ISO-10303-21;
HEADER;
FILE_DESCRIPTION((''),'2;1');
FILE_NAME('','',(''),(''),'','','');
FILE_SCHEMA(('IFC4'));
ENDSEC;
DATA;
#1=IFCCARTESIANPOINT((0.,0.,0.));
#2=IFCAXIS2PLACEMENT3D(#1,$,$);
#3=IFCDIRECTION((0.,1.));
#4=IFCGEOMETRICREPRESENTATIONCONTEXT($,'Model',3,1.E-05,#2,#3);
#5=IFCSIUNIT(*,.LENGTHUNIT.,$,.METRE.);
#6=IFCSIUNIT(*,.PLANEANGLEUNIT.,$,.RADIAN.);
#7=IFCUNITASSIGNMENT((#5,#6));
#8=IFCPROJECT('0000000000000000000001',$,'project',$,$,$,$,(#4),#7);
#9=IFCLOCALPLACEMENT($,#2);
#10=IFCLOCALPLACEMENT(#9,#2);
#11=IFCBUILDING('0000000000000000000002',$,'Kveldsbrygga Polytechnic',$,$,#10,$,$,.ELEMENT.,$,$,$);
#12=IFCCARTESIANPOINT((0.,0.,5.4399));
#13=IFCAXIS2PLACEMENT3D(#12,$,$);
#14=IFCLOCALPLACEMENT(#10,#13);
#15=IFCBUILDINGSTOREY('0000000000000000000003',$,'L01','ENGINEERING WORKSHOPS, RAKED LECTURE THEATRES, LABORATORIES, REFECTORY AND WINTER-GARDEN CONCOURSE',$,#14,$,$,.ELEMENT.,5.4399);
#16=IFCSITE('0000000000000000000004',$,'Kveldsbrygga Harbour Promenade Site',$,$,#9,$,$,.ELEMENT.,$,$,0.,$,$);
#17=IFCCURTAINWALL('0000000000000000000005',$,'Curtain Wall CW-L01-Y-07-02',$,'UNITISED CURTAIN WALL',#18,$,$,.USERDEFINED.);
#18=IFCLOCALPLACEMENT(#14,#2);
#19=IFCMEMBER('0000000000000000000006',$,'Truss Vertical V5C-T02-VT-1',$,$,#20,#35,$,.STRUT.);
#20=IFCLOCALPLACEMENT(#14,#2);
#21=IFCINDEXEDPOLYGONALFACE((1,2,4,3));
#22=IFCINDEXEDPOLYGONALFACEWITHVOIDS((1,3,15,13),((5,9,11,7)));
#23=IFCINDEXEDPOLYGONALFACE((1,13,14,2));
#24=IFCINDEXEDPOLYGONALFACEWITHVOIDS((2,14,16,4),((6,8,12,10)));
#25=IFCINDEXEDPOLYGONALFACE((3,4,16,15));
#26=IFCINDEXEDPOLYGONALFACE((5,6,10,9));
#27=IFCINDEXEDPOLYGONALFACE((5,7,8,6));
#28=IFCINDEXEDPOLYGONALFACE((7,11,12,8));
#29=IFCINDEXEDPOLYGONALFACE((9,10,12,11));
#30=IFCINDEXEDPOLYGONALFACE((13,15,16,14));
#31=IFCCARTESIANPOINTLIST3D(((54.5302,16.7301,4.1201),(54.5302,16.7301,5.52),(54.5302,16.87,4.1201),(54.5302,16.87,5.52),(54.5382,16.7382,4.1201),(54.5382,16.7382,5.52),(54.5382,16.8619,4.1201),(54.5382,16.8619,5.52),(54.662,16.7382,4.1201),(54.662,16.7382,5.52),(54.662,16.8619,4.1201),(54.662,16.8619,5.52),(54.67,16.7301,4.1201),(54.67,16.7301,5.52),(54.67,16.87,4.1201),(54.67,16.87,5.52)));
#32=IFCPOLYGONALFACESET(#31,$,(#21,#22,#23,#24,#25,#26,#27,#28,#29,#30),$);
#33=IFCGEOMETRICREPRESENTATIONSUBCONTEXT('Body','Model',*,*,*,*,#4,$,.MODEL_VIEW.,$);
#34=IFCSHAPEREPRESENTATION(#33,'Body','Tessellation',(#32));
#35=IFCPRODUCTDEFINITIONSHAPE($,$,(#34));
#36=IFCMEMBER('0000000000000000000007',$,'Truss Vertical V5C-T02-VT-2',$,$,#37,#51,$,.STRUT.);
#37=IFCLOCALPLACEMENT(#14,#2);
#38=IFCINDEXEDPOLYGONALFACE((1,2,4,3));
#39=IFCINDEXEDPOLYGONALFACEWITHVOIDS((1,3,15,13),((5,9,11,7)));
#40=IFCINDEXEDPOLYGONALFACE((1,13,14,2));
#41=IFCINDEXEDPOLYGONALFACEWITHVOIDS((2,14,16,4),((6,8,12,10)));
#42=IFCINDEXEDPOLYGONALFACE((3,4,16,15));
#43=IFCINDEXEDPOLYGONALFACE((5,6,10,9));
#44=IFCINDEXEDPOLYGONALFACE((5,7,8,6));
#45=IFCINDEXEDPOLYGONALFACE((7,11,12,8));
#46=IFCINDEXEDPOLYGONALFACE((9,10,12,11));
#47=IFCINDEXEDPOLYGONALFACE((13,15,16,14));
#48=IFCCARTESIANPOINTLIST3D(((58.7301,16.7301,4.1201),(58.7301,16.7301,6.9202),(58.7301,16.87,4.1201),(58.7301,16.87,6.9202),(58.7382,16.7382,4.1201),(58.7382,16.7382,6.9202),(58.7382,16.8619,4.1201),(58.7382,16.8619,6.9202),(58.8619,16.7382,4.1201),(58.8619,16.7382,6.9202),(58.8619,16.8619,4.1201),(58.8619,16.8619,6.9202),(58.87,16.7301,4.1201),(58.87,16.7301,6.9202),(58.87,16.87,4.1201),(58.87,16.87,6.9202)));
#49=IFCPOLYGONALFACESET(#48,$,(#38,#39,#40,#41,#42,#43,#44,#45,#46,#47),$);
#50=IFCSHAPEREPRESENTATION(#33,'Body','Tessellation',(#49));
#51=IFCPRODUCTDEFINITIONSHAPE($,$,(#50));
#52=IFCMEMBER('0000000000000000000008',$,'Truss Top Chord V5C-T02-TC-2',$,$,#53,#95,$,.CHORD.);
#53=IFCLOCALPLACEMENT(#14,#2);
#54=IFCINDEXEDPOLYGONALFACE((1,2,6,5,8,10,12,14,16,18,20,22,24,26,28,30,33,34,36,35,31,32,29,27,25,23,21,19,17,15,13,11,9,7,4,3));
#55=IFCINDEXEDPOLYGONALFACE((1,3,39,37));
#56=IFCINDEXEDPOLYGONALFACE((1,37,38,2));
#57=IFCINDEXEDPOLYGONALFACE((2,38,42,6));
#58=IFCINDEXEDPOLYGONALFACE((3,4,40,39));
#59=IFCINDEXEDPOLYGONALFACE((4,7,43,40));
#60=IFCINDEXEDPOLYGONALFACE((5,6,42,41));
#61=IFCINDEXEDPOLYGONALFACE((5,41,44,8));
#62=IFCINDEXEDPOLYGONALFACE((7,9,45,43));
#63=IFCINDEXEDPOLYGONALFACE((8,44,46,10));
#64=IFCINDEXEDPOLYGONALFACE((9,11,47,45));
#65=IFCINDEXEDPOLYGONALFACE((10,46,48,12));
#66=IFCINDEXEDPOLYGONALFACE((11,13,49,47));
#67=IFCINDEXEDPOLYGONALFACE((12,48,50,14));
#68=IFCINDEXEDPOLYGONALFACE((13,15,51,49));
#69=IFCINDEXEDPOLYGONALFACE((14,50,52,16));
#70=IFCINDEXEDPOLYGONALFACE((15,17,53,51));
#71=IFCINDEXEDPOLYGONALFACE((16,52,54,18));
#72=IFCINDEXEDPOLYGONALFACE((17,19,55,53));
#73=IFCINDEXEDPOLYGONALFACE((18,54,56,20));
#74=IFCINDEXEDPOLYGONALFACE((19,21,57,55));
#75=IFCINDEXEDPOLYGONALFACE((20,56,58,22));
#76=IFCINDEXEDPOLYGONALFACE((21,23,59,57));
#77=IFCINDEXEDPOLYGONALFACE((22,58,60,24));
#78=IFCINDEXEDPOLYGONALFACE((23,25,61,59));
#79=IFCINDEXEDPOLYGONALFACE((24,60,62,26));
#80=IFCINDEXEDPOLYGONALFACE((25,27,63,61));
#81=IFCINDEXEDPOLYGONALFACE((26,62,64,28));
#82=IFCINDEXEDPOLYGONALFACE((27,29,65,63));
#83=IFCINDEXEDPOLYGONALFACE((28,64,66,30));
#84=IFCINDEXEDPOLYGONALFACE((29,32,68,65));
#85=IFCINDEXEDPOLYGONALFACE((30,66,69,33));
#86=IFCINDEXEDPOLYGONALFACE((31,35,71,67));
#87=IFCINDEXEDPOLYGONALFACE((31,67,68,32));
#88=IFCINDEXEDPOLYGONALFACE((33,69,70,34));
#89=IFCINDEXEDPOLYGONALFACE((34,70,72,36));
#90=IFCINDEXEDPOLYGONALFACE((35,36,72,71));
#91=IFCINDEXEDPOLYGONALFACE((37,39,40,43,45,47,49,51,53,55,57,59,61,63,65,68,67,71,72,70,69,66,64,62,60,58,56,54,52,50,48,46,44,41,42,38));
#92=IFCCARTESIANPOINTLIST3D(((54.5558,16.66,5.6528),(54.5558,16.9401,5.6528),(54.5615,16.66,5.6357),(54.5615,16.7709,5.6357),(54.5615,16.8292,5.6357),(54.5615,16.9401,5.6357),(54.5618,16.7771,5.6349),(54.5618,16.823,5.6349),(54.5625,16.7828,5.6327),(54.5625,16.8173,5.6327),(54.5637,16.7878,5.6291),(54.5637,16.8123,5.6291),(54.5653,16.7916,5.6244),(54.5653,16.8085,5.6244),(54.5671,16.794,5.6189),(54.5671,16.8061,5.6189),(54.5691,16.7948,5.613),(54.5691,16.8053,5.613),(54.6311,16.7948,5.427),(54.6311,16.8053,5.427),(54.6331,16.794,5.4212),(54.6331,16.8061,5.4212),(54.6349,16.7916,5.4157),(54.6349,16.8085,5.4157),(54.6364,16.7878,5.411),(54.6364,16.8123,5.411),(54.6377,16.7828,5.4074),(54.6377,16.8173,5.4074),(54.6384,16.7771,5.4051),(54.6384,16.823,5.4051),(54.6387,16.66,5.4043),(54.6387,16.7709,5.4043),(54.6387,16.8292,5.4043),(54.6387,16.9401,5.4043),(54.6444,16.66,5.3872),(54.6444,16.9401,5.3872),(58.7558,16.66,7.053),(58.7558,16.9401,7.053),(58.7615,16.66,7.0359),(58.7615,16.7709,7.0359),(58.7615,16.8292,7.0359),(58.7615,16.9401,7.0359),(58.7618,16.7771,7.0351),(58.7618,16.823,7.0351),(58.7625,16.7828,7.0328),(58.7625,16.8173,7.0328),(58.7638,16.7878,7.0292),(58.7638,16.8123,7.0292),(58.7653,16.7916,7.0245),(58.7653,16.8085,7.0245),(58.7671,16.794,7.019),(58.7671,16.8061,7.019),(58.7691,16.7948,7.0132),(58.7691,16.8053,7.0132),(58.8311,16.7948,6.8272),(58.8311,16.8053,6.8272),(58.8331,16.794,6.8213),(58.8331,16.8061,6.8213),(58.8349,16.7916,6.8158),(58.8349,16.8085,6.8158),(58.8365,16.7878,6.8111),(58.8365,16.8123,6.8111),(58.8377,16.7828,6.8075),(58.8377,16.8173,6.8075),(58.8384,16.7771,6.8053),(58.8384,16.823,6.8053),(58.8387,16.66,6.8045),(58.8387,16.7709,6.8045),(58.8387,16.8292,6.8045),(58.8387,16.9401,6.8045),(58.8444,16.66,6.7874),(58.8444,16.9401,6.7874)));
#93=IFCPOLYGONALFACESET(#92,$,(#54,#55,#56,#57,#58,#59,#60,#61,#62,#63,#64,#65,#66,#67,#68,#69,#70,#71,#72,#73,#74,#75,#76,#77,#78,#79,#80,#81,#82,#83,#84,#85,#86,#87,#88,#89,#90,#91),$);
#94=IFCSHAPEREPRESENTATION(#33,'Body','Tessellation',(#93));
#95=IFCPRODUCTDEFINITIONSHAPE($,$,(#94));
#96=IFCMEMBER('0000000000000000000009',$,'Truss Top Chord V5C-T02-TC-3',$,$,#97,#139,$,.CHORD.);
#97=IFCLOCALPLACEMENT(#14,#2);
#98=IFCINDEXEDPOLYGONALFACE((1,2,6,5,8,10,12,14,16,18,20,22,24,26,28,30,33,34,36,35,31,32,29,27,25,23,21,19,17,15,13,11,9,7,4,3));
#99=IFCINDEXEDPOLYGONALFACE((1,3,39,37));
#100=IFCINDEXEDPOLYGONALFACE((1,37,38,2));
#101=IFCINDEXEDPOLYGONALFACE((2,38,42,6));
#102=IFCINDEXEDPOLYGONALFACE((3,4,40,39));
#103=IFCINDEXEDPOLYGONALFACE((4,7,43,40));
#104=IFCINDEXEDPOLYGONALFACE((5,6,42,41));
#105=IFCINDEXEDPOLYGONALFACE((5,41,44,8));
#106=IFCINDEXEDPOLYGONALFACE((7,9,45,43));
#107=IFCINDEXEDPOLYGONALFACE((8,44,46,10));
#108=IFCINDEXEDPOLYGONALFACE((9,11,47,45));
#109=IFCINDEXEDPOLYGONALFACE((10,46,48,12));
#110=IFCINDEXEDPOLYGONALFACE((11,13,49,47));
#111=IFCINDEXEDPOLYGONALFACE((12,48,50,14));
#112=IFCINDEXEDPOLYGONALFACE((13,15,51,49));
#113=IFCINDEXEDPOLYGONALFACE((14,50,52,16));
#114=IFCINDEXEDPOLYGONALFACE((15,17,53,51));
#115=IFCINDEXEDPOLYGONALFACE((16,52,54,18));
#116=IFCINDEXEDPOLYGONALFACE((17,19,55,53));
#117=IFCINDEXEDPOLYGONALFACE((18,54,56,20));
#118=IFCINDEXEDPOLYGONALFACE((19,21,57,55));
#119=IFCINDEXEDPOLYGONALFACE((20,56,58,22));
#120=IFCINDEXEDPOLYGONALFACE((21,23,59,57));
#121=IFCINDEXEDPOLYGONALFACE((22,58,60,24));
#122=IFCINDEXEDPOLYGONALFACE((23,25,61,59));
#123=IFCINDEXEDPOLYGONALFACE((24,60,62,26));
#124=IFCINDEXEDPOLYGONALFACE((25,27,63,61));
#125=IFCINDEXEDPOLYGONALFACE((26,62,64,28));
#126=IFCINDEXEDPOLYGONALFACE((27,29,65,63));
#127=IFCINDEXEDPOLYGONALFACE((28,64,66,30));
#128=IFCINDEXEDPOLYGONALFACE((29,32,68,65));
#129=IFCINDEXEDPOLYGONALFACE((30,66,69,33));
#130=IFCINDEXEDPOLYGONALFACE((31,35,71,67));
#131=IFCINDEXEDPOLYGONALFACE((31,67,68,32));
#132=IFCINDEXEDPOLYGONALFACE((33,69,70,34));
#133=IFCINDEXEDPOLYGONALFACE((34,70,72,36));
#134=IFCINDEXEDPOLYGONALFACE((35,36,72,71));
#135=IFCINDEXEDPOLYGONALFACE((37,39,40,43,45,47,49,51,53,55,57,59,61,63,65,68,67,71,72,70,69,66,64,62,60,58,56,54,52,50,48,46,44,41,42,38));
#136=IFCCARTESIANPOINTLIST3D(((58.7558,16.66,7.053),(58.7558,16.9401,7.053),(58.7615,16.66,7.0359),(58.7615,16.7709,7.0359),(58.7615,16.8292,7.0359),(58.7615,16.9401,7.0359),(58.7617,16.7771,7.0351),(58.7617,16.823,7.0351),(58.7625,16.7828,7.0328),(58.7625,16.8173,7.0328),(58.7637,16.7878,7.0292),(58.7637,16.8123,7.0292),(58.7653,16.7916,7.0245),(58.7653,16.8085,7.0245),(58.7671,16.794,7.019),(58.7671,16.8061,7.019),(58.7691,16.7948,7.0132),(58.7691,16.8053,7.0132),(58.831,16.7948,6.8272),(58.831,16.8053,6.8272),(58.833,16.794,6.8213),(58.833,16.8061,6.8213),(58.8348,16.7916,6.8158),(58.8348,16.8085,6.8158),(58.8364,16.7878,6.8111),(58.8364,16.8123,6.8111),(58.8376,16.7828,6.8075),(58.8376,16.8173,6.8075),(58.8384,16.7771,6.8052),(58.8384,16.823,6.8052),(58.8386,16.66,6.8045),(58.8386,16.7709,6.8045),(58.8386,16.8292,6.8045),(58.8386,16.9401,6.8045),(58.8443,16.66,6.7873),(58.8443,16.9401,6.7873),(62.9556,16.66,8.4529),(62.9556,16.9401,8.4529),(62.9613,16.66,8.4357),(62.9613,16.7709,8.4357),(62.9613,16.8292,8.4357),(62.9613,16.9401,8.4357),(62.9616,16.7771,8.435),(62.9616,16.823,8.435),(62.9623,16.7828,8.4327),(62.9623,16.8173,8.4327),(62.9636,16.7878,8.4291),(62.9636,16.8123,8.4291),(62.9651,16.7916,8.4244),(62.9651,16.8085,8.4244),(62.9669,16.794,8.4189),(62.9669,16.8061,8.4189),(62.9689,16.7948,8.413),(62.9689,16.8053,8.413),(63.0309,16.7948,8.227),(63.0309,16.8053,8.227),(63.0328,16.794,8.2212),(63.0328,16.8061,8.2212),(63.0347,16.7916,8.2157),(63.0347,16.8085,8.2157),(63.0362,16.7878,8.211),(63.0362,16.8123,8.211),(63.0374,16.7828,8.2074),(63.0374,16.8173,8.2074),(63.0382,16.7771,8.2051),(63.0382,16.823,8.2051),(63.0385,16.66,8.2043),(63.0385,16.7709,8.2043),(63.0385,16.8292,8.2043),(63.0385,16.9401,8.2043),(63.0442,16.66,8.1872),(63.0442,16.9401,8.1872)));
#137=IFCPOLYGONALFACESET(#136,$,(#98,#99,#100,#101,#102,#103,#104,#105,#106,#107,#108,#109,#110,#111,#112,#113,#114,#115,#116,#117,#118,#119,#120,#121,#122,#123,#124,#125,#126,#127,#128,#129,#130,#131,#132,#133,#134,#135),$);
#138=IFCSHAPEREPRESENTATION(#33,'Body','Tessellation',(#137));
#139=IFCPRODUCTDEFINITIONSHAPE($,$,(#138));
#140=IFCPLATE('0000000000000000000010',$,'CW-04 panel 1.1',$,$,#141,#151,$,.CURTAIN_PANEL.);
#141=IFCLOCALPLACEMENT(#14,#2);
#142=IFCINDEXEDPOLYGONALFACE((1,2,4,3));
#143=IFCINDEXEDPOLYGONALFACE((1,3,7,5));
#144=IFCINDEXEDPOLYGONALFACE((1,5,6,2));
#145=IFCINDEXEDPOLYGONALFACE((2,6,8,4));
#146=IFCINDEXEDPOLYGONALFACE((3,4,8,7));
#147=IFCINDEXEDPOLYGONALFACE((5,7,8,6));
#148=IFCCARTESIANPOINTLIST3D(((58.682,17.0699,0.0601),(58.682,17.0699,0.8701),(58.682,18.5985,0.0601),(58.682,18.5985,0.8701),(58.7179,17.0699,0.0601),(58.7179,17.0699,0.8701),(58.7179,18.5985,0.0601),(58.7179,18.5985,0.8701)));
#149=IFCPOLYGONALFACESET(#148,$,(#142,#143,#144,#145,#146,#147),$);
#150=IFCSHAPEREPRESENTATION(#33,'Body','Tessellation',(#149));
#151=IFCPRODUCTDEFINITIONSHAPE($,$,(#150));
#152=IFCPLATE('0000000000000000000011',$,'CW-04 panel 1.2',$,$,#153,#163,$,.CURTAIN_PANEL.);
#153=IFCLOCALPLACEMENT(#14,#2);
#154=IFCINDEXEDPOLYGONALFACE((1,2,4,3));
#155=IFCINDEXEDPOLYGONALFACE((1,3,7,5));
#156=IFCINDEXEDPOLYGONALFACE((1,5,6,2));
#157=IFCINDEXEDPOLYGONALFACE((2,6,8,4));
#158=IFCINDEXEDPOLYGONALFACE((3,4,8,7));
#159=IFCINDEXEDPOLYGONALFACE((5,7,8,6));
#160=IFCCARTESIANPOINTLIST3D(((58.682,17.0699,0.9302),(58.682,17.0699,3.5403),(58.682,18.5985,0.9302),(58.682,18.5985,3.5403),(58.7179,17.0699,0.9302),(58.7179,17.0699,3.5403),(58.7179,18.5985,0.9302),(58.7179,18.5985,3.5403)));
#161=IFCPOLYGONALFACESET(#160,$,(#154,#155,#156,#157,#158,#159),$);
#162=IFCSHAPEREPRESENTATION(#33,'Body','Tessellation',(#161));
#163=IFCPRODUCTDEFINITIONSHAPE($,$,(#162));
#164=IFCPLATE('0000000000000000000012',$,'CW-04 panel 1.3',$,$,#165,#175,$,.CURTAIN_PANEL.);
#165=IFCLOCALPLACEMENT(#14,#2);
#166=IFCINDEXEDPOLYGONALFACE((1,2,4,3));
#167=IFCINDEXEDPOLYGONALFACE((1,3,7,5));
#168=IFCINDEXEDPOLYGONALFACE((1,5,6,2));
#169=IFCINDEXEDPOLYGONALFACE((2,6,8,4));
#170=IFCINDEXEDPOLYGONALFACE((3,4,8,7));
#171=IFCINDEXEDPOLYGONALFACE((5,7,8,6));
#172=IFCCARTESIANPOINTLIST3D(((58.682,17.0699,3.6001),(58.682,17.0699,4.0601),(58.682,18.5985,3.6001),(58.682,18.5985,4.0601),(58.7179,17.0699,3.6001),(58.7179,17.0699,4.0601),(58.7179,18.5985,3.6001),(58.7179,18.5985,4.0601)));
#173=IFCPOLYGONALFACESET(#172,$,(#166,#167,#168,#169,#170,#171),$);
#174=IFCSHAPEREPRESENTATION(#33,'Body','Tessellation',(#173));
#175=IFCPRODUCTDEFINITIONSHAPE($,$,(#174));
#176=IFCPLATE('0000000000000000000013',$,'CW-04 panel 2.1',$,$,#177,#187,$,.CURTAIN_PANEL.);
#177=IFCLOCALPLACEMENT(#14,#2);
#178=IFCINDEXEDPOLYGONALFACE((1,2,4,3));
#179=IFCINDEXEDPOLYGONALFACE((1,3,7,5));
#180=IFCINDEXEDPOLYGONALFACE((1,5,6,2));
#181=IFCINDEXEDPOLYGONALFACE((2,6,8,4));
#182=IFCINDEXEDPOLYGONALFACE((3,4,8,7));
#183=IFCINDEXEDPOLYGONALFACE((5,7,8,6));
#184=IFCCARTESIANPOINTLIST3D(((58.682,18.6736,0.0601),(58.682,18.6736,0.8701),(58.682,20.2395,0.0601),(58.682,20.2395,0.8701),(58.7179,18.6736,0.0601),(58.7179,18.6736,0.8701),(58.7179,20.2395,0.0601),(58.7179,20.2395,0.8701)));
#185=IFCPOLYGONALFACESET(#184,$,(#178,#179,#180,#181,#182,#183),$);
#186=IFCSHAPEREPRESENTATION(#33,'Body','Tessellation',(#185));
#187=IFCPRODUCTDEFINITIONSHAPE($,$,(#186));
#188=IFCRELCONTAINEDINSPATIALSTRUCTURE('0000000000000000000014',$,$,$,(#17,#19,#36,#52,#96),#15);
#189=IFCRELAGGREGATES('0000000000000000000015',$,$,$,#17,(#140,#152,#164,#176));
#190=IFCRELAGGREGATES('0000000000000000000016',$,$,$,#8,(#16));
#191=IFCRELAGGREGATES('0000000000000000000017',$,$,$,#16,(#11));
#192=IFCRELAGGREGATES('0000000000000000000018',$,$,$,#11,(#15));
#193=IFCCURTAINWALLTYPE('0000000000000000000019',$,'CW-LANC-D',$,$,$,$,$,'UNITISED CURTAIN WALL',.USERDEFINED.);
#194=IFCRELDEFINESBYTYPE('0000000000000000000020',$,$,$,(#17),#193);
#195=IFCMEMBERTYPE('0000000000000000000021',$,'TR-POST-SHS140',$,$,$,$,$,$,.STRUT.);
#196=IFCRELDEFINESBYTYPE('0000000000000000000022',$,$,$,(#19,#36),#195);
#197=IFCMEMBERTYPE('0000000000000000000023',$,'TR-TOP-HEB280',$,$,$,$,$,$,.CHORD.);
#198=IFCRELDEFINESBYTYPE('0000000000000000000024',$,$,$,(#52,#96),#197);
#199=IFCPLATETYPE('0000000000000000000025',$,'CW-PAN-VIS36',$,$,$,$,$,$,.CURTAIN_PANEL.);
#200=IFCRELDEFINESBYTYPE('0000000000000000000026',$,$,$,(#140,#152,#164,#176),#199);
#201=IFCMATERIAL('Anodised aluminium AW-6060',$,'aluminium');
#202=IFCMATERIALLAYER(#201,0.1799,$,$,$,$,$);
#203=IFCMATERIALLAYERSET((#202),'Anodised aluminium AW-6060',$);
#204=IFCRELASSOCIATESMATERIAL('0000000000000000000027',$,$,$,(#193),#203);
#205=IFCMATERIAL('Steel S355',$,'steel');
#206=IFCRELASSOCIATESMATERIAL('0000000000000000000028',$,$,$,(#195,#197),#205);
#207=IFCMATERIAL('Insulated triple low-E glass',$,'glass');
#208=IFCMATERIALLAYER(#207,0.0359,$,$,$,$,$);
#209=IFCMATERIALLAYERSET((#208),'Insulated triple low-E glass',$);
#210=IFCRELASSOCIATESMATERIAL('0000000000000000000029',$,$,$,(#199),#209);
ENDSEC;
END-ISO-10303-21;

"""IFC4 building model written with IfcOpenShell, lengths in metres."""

from ifc_helpers import new_model, si_unit, direction, frame, origin, origin_2d, place, context, subcontext, project, spatial, rectangle, hollow_rectangle, i_section, extrude, material, layer, layer_set, material_profile, profile_set, type_object, element, aggregate, save


model = new_model("IFC4")

# Units and contexts
model_context = context("Model", 3, precision=1e-05, world=origin(), true_north=direction((0.0, 1.0)))
body_context = subcontext(model_context, "Body", "Model", "MODEL_VIEW")
ifc_project = project(units=[si_unit("LENGTHUNIT", "METRE"), si_unit("PLANEANGLEUNIT", "RADIAN")], contexts=[model_context])

# Site, building, storey
site_placement = place(None, origin())
site = spatial("IfcSite", under=ifc_project, at=site_placement, Name="Kveldsbrygga Harbour Promenade Site", CompositionType="ELEMENT", RefElevation=0.0)
building_placement = place(site_placement, origin())
building = spatial("IfcBuilding", under=site, at=building_placement, Name="Kveldsbrygga Polytechnic", CompositionType="ELEMENT")
storey_placement = place(building_placement, frame((0.0, 0.0, 5.4399)))
storey = spatial("IfcBuildingStorey", under=building, at=storey_placement, Name="L01", Description="ENGINEERING WORKSHOPS, RAKED LECTURE THEATRES, LABORATORIES, REFECTORY AND WINTER-GARDEN CONCOURSE", CompositionType="ELEMENT", Elevation=5.4399)

# Curtain wall
ifc_material_1 = material(Name="Anodised aluminium AW-6060", Category="aluminium")
ifc_layer_1 = layer(ifc_material_1, 0.1799)
ifc_layer_set_1 = layer_set([ifc_layer_1], Name="Anodised aluminium AW-6060")
curtain_wall_type = type_object("IfcCurtainWallType", Name="CW-LANC-D", ElementType="UNITISED CURTAIN WALL", PredefinedType="USERDEFINED", material=ifc_layer_set_1)
curtain_wall_placement = place(storey_placement, origin())
curtain_wall = element("IfcCurtainWall", 1, at=curtain_wall_placement, inside=storey, type_object=curtain_wall_type, Name="Curtain Wall CW-L01-Y-07-02", ObjectType="UNITISED CURTAIN WALL", PredefinedType="USERDEFINED")

# Members
ifc_material_2 = material(Name="Steel S355", Category="steel")
ifc_material_profile_1 = material_profile(ifc_material_2, hollow_rectangle(XDim=0.1399, YDim=0.1399, WallThickness=0.0081, at=origin_2d()), Name="SHS 140x140x8.0")
ifc_profile_set_1 = profile_set([ifc_material_profile_1], Name="Steel S355")
member_type_1 = type_object("IfcMemberType", Name="TR-POST-SHS140", PredefinedType="STRUT", material=ifc_profile_set_1)
member_1_placement = place(storey_placement, frame((54.6001, 16.8, 4.1201), z_axis=(0.0, 0.0, 1.0), x_axis=(1.0, 0.0, 0.0)))
element("IfcMember", 2, at=member_1_placement, inside=storey, type_object=member_type_1, Name="Truss Vertical V5C-T02-VT-1", PredefinedType="STRUT", context=body_context, shape_type="SweptSolid", body=[
    extrude(hollow_rectangle(XDim=0.1399, YDim=0.1399, WallThickness=0.0081, at=origin_2d()), origin(), (0.0, 0.0, 1.0), 1.3999),
])
member_2_placement = place(storey_placement, frame((58.8, 16.8, 4.1201), z_axis=(0.0, 0.0, 1.0), x_axis=(1.0, 0.0, 0.0)))
element("IfcMember", 3, at=member_2_placement, inside=storey, type_object=member_type_1, Name="Truss Vertical V5C-T02-VT-2", PredefinedType="STRUT", context=body_context, shape_type="SweptSolid", body=[
    extrude(hollow_rectangle(XDim=0.1399, YDim=0.1399, WallThickness=0.0081, at=origin_2d()), origin(), (0.0, 0.0, 1.0), 2.8),
])
ifc_material_profile_2 = material_profile(ifc_material_2, i_section(OverallWidth=0.28, OverallDepth=0.28, WebThickness=0.0105, FlangeThickness=0.0181, FilletRadius=0.0239, at=origin_2d()), Name="HEB 280")
ifc_profile_set_2 = profile_set([ifc_material_profile_2], Name="Steel S355")
member_type_2 = type_object("IfcMemberType", Name="TR-TOP-HEB280", PredefinedType="CHORD", material=ifc_profile_set_2)
member_3_placement = place(storey_placement, frame((54.6001, 16.8, 5.52), z_axis=(0.948672, 0.0, 0.316261), x_axis=(0.0, 1.0, 0.0)))
element("IfcMember", 4, at=member_3_placement, inside=storey, type_object=member_type_2, Name="Truss Top Chord V5C-T02-TC-2", PredefinedType="CHORD", context=body_context, shape_type="SweptSolid", body=[
    extrude(i_section(OverallWidth=0.28, OverallDepth=0.28, WebThickness=0.0105, FlangeThickness=0.0181, FilletRadius=0.0239, at=origin_2d()), origin(), (0.0, 0.0, 1.0), 4.4272),
])
member_4_placement = place(storey_placement, frame((58.8, 16.8, 6.9202), z_axis=(0.948689, 0.0, 0.316211), x_axis=(0.0, 1.0, 0.0)))
element("IfcMember", 5, at=member_4_placement, inside=storey, type_object=member_type_2, Name="Truss Top Chord V5C-T02-TC-3", PredefinedType="CHORD", context=body_context, shape_type="SweptSolid", body=[
    extrude(i_section(OverallWidth=0.28, OverallDepth=0.28, WebThickness=0.0105, FlangeThickness=0.0181, FilletRadius=0.0239, at=origin_2d()), origin(), (0.0, 0.0, 1.0), 4.427),
])

# Plates
ifc_material_3 = material(Name="Insulated triple low-E glass", Category="glass")
ifc_layer_2 = layer(ifc_material_3, 0.0359)
ifc_layer_set_2 = layer_set([ifc_layer_2], Name="Insulated triple low-E glass")
plate_type_1 = type_object("IfcPlateType", Name="CW-PAN-VIS36", PredefinedType="CURTAIN_PANEL", material=ifc_layer_set_2)
plate_1_placement = place(storey_placement, frame((58.7, 17.8342, 0.0601), z_axis=(0.0, 0.0, 1.0), x_axis=(0.0, 1.0, 0.0)))
plate_1 = element("IfcPlate", 6, at=plate_1_placement, type_object=plate_type_1, Name="CW-04 panel 1.1", PredefinedType="CURTAIN_PANEL", context=body_context, shape_type="SweptSolid", body=[
    extrude(rectangle(XDim=1.5286, YDim=0.0359, at=origin_2d()), origin(), (0.0, 0.0, 1.0), 0.8101),
])
plate_2_placement = place(storey_placement, frame((58.7, 17.8342, 0.9302), z_axis=(0.0, 0.0, 1.0), x_axis=(0.0, 1.0, 0.0)))
plate_2 = element("IfcPlate", 7, at=plate_2_placement, type_object=plate_type_1, Name="CW-04 panel 1.2", PredefinedType="CURTAIN_PANEL", context=body_context, shape_type="SweptSolid", body=[
    extrude(rectangle(XDim=1.5286, YDim=0.0359, at=origin_2d()), origin(), (0.0, 0.0, 1.0), 2.6101),
])
plate_3_placement = place(storey_placement, frame((58.7, 17.8342, 3.6001), z_axis=(0.0, 0.0, 1.0), x_axis=(0.0, 1.0, 0.0)))
plate_3 = element("IfcPlate", 8, at=plate_3_placement, type_object=plate_type_1, Name="CW-04 panel 1.3", PredefinedType="CURTAIN_PANEL", context=body_context, shape_type="SweptSolid", body=[
    extrude(rectangle(XDim=1.5286, YDim=0.0359, at=origin_2d()), origin(), (0.0, 0.0, 1.0), 0.46),
])
plate_4_placement = place(storey_placement, frame((58.7, 19.4565, 0.0601), z_axis=(0.0, 0.0, 1.0), x_axis=(0.0, 1.0, 0.0)))
plate_4 = element("IfcPlate", 9, at=plate_4_placement, type_object=plate_type_1, Name="CW-04 panel 2.1", PredefinedType="CURTAIN_PANEL", context=body_context, shape_type="SweptSolid", body=[
    extrude(rectangle(XDim=1.5659, YDim=0.0359, at=origin_2d()), origin(), (0.0, 0.0, 1.0), 0.8101),
])
aggregate(curtain_wall, [plate_1, plate_2, plate_3, plate_4])

save(model, "model.ifc")
